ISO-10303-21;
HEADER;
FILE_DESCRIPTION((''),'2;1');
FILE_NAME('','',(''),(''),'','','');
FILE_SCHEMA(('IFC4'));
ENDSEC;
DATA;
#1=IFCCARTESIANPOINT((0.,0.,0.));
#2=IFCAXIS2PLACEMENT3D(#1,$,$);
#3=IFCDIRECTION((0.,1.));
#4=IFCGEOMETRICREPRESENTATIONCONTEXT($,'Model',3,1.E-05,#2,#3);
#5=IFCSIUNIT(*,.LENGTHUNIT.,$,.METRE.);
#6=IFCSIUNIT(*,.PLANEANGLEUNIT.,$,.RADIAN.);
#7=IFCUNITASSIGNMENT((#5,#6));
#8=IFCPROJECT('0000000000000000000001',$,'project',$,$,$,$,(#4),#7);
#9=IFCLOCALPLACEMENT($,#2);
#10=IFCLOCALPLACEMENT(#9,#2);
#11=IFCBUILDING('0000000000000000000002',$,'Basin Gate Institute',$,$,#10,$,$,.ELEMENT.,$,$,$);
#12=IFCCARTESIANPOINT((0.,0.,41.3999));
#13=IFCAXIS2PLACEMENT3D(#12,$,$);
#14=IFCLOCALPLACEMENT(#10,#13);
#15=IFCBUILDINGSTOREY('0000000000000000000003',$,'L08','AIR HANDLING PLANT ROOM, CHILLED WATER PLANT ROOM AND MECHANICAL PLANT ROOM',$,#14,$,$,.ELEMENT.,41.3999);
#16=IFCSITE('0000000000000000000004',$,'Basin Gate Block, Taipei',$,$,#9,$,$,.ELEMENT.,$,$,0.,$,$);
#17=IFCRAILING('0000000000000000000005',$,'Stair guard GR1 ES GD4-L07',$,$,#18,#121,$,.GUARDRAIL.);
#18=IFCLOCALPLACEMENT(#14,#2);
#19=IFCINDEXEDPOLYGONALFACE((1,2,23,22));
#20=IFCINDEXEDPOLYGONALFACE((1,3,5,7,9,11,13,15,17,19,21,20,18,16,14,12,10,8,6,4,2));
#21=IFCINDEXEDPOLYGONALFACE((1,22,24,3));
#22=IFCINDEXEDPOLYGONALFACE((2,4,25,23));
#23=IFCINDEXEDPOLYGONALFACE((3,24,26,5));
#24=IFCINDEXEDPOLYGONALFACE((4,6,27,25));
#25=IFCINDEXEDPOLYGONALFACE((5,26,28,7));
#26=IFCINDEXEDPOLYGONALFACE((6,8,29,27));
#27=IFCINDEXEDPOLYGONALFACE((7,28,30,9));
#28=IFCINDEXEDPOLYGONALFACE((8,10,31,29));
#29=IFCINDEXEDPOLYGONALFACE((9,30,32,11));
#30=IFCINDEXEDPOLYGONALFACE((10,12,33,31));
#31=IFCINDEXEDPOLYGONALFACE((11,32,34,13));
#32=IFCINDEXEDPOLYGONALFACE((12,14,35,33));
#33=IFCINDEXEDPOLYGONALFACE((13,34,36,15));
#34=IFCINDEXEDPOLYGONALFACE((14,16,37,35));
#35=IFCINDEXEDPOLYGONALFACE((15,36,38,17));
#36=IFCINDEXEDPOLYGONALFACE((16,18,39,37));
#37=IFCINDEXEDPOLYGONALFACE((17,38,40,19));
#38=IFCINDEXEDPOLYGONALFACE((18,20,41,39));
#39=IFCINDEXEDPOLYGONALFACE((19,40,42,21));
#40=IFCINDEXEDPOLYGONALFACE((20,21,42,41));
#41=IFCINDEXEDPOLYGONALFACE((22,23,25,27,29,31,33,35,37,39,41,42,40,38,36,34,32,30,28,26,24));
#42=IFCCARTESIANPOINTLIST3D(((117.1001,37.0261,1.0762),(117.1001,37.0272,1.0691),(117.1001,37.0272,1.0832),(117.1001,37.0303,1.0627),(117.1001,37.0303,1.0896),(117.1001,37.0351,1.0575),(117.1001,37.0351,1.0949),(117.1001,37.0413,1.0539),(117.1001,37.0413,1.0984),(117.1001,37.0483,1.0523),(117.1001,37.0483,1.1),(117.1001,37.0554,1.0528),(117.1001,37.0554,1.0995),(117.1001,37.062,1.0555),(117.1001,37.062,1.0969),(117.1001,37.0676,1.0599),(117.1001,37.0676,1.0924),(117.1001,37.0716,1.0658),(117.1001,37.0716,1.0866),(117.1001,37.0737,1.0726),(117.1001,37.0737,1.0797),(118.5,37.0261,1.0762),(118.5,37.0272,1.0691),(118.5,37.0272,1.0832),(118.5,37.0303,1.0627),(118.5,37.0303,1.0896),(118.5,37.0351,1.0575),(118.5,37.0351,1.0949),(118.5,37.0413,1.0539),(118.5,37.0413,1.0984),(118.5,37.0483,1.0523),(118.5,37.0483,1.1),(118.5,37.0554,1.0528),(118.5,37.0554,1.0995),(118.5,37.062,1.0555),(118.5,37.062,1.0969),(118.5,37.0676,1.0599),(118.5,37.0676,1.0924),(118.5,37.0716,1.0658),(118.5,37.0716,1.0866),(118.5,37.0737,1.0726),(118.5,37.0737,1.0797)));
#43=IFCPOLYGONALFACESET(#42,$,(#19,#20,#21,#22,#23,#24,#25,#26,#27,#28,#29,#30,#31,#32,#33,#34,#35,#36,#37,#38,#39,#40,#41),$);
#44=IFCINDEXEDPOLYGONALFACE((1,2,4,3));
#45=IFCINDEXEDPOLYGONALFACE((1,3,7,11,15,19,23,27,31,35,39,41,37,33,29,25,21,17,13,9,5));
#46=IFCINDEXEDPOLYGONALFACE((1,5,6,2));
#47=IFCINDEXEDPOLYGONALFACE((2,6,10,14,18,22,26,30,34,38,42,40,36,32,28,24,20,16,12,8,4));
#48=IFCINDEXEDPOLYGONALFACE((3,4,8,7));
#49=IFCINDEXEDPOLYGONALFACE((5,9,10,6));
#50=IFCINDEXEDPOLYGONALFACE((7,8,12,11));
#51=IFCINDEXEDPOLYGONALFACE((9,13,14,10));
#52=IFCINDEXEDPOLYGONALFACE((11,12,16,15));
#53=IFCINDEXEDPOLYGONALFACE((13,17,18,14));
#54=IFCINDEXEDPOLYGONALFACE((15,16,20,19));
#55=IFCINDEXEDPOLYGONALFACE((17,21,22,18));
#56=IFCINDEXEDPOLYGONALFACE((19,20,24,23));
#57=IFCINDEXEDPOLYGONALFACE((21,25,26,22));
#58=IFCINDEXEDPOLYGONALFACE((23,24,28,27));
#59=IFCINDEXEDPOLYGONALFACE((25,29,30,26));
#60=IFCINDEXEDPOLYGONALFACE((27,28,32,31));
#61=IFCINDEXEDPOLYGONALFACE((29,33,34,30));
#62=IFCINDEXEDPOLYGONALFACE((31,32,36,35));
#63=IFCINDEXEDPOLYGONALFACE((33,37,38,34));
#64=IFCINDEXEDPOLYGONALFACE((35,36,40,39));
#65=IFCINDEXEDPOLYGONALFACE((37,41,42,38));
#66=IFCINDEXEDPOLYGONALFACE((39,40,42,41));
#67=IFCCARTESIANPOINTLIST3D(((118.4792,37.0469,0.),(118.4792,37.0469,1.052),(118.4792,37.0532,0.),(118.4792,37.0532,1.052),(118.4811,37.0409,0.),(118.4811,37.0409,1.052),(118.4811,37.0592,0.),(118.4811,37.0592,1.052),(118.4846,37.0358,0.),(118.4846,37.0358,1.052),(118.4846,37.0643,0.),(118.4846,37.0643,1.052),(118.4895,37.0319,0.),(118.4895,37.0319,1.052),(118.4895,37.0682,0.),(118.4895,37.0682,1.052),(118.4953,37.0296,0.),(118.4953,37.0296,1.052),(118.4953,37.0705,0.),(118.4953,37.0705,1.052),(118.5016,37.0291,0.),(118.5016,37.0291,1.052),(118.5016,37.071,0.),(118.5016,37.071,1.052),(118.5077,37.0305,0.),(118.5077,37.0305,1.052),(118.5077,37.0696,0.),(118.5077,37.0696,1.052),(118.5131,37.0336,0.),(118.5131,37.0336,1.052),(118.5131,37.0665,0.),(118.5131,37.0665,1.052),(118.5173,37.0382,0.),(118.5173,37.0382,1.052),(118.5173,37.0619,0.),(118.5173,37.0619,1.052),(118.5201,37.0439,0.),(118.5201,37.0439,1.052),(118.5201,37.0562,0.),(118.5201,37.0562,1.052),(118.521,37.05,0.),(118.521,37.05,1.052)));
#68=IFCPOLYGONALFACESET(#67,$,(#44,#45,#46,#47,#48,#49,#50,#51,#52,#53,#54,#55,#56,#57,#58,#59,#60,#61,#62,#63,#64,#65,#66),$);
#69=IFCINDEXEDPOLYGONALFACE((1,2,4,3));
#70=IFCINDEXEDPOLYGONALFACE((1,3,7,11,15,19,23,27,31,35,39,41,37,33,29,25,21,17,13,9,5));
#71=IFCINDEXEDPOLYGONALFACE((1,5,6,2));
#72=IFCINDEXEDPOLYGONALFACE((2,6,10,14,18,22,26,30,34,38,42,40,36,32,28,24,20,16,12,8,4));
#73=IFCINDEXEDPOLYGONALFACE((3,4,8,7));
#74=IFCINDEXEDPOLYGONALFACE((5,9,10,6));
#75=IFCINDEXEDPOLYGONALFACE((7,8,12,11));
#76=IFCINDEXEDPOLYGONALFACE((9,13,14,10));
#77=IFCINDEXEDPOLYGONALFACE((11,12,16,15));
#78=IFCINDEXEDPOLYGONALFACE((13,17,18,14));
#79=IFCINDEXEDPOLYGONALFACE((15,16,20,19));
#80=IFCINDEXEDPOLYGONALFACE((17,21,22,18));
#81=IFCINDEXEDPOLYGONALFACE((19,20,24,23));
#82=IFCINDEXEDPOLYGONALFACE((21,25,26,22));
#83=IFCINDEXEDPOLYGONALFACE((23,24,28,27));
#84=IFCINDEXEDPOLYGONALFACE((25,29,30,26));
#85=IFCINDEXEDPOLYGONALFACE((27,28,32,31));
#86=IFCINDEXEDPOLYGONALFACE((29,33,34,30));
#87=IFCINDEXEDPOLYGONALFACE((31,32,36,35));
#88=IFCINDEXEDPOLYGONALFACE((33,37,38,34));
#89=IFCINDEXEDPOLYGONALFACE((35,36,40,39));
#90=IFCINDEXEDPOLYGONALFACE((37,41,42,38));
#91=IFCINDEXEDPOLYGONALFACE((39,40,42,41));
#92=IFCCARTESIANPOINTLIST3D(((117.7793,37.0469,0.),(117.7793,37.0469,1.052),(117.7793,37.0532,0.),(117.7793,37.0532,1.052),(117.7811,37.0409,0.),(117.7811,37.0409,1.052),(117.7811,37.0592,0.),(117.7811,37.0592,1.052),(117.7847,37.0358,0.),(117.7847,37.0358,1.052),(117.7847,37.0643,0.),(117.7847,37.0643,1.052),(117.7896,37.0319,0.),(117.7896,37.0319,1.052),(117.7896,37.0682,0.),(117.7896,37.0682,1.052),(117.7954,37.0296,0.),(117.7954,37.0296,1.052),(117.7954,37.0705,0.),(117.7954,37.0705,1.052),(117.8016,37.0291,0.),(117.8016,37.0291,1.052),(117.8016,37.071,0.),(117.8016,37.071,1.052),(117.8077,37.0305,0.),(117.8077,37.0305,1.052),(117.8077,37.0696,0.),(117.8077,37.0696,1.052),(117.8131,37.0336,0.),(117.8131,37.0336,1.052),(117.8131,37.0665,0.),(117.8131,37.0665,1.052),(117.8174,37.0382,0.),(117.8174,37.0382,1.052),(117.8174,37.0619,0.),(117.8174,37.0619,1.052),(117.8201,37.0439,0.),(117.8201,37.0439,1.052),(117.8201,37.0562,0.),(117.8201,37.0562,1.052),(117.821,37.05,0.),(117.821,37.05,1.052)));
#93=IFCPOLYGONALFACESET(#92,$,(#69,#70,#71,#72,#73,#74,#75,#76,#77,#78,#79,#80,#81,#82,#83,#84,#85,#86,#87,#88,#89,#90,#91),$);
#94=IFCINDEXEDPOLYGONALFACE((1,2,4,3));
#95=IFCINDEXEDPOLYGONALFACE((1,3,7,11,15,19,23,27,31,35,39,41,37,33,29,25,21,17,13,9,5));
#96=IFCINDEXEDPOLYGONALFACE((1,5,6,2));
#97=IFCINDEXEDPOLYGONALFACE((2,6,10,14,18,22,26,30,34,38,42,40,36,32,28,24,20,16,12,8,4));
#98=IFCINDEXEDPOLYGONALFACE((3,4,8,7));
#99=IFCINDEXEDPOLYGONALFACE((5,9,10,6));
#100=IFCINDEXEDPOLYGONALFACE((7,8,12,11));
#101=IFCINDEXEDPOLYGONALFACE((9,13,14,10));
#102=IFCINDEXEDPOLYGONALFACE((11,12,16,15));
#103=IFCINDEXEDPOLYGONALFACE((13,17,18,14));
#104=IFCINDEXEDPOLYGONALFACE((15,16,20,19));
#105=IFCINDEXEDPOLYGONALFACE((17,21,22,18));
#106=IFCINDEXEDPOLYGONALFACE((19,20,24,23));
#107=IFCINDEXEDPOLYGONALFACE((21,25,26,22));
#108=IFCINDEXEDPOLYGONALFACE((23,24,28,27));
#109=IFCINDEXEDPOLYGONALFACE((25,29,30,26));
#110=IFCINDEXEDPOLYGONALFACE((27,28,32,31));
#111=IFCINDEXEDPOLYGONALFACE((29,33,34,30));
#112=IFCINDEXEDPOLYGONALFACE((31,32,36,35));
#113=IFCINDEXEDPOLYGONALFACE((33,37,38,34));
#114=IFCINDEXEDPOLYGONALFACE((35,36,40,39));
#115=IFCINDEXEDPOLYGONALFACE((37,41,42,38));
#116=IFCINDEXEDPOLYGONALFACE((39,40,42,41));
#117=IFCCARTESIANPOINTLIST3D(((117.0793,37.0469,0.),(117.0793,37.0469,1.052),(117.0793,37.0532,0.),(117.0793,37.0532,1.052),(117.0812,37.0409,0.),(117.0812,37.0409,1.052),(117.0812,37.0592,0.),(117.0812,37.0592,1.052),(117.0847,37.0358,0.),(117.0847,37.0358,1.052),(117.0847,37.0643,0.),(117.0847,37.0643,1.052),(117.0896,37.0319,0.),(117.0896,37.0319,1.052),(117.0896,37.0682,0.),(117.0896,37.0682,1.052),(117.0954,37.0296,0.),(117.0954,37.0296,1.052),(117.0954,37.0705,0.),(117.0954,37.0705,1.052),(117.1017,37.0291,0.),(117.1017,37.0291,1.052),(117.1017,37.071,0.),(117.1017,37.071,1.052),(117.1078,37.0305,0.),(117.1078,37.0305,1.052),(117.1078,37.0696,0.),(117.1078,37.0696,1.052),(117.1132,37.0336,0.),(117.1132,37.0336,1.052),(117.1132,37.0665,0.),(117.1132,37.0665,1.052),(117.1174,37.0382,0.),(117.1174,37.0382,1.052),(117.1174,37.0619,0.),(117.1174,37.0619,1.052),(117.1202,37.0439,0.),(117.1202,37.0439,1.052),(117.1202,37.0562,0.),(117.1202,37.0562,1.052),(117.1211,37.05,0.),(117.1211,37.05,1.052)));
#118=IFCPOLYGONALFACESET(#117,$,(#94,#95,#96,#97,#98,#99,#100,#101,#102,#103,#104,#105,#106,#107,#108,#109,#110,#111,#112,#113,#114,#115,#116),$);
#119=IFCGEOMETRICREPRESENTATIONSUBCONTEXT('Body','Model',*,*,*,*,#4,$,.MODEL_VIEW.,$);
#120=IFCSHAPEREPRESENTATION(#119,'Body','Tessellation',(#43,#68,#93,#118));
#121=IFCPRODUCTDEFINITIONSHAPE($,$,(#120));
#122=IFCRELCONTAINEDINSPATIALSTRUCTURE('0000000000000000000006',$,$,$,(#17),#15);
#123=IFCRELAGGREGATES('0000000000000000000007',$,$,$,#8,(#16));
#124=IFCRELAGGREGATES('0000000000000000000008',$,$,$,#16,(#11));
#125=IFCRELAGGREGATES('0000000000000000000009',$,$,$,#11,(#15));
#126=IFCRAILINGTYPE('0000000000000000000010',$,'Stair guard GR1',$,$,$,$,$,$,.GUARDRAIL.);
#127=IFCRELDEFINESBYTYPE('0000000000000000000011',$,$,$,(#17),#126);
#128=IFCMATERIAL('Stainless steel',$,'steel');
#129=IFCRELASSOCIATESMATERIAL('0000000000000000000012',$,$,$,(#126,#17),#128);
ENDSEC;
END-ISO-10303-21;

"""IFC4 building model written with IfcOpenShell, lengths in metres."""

from ifc_helpers import new_model, si_unit, direction, frame, origin, origin_2d, place, context, subcontext, project, spatial, circle, extrude, material, type_object, element, save


model = new_model("IFC4")

# Units and contexts
model_context = context("Model", 3, precision=1e-05, world=origin(), true_north=direction((0.0, 1.0)))
body_context = subcontext(model_context, "Body", "Model", "MODEL_VIEW")
ifc_project = project(units=[si_unit("LENGTHUNIT", "METRE"), si_unit("PLANEANGLEUNIT", "RADIAN")], contexts=[model_context])

# Site, building, storey
site_placement = place(None, origin())
site = spatial("IfcSite", under=ifc_project, at=site_placement, Name="Basin Gate Block, Taipei", CompositionType="ELEMENT", RefElevation=0.0)
building_placement = place(site_placement, origin())
building = spatial("IfcBuilding", under=site, at=building_placement, Name="Basin Gate Institute", CompositionType="ELEMENT")
storey_placement = place(building_placement, frame((0.0, 0.0, 41.3999)))
storey = spatial("IfcBuildingStorey", under=building, at=storey_placement, Name="L08", Description="AIR HANDLING PLANT ROOM, CHILLED WATER PLANT ROOM AND MECHANICAL PLANT ROOM", CompositionType="ELEMENT", Elevation=41.3999)

# Railing
ifc_material_1 = material(Name="Stainless steel", Category="steel")
railing_type_1 = type_object("IfcRailingType", Name="Stair guard GR1", PredefinedType="GUARDRAIL", material=ifc_material_1)
railing_1_placement = place(storey_placement, frame((118.5, 37.05, 0.0)))
element("IfcRailing", 1, at=railing_1_placement, inside=storey, type_object=railing_type_1, material=ifc_material_1, Name="Stair guard GR1 ES GD4-L07", PredefinedType="GUARDRAIL", context=body_context, shape_type="SweptSolid", body=[
    extrude(circle(Radius=0.0239, at=origin_2d()), frame((0.0, 0.0, 1.0762), z_axis=(-1.0, 0.0, 0.0), x_axis=(0.0, -1.0, 0.0)), (0.0, 0.0, 1.0), 1.3999),
    extrude(circle(Radius=0.021, at=origin_2d()), origin(), (0.0, 0.0, 1.0), 1.052),
    extrude(circle(Radius=0.021, at=origin_2d()), frame((-0.7, 0.0, 0.0)), (0.0, 0.0, 1.0), 1.052),
    extrude(circle(Radius=0.021, at=origin_2d()), frame((-1.3999, 0.0, 0.0)), (0.0, 0.0, 1.0), 1.052),
])

save(model, "model.ifc")
